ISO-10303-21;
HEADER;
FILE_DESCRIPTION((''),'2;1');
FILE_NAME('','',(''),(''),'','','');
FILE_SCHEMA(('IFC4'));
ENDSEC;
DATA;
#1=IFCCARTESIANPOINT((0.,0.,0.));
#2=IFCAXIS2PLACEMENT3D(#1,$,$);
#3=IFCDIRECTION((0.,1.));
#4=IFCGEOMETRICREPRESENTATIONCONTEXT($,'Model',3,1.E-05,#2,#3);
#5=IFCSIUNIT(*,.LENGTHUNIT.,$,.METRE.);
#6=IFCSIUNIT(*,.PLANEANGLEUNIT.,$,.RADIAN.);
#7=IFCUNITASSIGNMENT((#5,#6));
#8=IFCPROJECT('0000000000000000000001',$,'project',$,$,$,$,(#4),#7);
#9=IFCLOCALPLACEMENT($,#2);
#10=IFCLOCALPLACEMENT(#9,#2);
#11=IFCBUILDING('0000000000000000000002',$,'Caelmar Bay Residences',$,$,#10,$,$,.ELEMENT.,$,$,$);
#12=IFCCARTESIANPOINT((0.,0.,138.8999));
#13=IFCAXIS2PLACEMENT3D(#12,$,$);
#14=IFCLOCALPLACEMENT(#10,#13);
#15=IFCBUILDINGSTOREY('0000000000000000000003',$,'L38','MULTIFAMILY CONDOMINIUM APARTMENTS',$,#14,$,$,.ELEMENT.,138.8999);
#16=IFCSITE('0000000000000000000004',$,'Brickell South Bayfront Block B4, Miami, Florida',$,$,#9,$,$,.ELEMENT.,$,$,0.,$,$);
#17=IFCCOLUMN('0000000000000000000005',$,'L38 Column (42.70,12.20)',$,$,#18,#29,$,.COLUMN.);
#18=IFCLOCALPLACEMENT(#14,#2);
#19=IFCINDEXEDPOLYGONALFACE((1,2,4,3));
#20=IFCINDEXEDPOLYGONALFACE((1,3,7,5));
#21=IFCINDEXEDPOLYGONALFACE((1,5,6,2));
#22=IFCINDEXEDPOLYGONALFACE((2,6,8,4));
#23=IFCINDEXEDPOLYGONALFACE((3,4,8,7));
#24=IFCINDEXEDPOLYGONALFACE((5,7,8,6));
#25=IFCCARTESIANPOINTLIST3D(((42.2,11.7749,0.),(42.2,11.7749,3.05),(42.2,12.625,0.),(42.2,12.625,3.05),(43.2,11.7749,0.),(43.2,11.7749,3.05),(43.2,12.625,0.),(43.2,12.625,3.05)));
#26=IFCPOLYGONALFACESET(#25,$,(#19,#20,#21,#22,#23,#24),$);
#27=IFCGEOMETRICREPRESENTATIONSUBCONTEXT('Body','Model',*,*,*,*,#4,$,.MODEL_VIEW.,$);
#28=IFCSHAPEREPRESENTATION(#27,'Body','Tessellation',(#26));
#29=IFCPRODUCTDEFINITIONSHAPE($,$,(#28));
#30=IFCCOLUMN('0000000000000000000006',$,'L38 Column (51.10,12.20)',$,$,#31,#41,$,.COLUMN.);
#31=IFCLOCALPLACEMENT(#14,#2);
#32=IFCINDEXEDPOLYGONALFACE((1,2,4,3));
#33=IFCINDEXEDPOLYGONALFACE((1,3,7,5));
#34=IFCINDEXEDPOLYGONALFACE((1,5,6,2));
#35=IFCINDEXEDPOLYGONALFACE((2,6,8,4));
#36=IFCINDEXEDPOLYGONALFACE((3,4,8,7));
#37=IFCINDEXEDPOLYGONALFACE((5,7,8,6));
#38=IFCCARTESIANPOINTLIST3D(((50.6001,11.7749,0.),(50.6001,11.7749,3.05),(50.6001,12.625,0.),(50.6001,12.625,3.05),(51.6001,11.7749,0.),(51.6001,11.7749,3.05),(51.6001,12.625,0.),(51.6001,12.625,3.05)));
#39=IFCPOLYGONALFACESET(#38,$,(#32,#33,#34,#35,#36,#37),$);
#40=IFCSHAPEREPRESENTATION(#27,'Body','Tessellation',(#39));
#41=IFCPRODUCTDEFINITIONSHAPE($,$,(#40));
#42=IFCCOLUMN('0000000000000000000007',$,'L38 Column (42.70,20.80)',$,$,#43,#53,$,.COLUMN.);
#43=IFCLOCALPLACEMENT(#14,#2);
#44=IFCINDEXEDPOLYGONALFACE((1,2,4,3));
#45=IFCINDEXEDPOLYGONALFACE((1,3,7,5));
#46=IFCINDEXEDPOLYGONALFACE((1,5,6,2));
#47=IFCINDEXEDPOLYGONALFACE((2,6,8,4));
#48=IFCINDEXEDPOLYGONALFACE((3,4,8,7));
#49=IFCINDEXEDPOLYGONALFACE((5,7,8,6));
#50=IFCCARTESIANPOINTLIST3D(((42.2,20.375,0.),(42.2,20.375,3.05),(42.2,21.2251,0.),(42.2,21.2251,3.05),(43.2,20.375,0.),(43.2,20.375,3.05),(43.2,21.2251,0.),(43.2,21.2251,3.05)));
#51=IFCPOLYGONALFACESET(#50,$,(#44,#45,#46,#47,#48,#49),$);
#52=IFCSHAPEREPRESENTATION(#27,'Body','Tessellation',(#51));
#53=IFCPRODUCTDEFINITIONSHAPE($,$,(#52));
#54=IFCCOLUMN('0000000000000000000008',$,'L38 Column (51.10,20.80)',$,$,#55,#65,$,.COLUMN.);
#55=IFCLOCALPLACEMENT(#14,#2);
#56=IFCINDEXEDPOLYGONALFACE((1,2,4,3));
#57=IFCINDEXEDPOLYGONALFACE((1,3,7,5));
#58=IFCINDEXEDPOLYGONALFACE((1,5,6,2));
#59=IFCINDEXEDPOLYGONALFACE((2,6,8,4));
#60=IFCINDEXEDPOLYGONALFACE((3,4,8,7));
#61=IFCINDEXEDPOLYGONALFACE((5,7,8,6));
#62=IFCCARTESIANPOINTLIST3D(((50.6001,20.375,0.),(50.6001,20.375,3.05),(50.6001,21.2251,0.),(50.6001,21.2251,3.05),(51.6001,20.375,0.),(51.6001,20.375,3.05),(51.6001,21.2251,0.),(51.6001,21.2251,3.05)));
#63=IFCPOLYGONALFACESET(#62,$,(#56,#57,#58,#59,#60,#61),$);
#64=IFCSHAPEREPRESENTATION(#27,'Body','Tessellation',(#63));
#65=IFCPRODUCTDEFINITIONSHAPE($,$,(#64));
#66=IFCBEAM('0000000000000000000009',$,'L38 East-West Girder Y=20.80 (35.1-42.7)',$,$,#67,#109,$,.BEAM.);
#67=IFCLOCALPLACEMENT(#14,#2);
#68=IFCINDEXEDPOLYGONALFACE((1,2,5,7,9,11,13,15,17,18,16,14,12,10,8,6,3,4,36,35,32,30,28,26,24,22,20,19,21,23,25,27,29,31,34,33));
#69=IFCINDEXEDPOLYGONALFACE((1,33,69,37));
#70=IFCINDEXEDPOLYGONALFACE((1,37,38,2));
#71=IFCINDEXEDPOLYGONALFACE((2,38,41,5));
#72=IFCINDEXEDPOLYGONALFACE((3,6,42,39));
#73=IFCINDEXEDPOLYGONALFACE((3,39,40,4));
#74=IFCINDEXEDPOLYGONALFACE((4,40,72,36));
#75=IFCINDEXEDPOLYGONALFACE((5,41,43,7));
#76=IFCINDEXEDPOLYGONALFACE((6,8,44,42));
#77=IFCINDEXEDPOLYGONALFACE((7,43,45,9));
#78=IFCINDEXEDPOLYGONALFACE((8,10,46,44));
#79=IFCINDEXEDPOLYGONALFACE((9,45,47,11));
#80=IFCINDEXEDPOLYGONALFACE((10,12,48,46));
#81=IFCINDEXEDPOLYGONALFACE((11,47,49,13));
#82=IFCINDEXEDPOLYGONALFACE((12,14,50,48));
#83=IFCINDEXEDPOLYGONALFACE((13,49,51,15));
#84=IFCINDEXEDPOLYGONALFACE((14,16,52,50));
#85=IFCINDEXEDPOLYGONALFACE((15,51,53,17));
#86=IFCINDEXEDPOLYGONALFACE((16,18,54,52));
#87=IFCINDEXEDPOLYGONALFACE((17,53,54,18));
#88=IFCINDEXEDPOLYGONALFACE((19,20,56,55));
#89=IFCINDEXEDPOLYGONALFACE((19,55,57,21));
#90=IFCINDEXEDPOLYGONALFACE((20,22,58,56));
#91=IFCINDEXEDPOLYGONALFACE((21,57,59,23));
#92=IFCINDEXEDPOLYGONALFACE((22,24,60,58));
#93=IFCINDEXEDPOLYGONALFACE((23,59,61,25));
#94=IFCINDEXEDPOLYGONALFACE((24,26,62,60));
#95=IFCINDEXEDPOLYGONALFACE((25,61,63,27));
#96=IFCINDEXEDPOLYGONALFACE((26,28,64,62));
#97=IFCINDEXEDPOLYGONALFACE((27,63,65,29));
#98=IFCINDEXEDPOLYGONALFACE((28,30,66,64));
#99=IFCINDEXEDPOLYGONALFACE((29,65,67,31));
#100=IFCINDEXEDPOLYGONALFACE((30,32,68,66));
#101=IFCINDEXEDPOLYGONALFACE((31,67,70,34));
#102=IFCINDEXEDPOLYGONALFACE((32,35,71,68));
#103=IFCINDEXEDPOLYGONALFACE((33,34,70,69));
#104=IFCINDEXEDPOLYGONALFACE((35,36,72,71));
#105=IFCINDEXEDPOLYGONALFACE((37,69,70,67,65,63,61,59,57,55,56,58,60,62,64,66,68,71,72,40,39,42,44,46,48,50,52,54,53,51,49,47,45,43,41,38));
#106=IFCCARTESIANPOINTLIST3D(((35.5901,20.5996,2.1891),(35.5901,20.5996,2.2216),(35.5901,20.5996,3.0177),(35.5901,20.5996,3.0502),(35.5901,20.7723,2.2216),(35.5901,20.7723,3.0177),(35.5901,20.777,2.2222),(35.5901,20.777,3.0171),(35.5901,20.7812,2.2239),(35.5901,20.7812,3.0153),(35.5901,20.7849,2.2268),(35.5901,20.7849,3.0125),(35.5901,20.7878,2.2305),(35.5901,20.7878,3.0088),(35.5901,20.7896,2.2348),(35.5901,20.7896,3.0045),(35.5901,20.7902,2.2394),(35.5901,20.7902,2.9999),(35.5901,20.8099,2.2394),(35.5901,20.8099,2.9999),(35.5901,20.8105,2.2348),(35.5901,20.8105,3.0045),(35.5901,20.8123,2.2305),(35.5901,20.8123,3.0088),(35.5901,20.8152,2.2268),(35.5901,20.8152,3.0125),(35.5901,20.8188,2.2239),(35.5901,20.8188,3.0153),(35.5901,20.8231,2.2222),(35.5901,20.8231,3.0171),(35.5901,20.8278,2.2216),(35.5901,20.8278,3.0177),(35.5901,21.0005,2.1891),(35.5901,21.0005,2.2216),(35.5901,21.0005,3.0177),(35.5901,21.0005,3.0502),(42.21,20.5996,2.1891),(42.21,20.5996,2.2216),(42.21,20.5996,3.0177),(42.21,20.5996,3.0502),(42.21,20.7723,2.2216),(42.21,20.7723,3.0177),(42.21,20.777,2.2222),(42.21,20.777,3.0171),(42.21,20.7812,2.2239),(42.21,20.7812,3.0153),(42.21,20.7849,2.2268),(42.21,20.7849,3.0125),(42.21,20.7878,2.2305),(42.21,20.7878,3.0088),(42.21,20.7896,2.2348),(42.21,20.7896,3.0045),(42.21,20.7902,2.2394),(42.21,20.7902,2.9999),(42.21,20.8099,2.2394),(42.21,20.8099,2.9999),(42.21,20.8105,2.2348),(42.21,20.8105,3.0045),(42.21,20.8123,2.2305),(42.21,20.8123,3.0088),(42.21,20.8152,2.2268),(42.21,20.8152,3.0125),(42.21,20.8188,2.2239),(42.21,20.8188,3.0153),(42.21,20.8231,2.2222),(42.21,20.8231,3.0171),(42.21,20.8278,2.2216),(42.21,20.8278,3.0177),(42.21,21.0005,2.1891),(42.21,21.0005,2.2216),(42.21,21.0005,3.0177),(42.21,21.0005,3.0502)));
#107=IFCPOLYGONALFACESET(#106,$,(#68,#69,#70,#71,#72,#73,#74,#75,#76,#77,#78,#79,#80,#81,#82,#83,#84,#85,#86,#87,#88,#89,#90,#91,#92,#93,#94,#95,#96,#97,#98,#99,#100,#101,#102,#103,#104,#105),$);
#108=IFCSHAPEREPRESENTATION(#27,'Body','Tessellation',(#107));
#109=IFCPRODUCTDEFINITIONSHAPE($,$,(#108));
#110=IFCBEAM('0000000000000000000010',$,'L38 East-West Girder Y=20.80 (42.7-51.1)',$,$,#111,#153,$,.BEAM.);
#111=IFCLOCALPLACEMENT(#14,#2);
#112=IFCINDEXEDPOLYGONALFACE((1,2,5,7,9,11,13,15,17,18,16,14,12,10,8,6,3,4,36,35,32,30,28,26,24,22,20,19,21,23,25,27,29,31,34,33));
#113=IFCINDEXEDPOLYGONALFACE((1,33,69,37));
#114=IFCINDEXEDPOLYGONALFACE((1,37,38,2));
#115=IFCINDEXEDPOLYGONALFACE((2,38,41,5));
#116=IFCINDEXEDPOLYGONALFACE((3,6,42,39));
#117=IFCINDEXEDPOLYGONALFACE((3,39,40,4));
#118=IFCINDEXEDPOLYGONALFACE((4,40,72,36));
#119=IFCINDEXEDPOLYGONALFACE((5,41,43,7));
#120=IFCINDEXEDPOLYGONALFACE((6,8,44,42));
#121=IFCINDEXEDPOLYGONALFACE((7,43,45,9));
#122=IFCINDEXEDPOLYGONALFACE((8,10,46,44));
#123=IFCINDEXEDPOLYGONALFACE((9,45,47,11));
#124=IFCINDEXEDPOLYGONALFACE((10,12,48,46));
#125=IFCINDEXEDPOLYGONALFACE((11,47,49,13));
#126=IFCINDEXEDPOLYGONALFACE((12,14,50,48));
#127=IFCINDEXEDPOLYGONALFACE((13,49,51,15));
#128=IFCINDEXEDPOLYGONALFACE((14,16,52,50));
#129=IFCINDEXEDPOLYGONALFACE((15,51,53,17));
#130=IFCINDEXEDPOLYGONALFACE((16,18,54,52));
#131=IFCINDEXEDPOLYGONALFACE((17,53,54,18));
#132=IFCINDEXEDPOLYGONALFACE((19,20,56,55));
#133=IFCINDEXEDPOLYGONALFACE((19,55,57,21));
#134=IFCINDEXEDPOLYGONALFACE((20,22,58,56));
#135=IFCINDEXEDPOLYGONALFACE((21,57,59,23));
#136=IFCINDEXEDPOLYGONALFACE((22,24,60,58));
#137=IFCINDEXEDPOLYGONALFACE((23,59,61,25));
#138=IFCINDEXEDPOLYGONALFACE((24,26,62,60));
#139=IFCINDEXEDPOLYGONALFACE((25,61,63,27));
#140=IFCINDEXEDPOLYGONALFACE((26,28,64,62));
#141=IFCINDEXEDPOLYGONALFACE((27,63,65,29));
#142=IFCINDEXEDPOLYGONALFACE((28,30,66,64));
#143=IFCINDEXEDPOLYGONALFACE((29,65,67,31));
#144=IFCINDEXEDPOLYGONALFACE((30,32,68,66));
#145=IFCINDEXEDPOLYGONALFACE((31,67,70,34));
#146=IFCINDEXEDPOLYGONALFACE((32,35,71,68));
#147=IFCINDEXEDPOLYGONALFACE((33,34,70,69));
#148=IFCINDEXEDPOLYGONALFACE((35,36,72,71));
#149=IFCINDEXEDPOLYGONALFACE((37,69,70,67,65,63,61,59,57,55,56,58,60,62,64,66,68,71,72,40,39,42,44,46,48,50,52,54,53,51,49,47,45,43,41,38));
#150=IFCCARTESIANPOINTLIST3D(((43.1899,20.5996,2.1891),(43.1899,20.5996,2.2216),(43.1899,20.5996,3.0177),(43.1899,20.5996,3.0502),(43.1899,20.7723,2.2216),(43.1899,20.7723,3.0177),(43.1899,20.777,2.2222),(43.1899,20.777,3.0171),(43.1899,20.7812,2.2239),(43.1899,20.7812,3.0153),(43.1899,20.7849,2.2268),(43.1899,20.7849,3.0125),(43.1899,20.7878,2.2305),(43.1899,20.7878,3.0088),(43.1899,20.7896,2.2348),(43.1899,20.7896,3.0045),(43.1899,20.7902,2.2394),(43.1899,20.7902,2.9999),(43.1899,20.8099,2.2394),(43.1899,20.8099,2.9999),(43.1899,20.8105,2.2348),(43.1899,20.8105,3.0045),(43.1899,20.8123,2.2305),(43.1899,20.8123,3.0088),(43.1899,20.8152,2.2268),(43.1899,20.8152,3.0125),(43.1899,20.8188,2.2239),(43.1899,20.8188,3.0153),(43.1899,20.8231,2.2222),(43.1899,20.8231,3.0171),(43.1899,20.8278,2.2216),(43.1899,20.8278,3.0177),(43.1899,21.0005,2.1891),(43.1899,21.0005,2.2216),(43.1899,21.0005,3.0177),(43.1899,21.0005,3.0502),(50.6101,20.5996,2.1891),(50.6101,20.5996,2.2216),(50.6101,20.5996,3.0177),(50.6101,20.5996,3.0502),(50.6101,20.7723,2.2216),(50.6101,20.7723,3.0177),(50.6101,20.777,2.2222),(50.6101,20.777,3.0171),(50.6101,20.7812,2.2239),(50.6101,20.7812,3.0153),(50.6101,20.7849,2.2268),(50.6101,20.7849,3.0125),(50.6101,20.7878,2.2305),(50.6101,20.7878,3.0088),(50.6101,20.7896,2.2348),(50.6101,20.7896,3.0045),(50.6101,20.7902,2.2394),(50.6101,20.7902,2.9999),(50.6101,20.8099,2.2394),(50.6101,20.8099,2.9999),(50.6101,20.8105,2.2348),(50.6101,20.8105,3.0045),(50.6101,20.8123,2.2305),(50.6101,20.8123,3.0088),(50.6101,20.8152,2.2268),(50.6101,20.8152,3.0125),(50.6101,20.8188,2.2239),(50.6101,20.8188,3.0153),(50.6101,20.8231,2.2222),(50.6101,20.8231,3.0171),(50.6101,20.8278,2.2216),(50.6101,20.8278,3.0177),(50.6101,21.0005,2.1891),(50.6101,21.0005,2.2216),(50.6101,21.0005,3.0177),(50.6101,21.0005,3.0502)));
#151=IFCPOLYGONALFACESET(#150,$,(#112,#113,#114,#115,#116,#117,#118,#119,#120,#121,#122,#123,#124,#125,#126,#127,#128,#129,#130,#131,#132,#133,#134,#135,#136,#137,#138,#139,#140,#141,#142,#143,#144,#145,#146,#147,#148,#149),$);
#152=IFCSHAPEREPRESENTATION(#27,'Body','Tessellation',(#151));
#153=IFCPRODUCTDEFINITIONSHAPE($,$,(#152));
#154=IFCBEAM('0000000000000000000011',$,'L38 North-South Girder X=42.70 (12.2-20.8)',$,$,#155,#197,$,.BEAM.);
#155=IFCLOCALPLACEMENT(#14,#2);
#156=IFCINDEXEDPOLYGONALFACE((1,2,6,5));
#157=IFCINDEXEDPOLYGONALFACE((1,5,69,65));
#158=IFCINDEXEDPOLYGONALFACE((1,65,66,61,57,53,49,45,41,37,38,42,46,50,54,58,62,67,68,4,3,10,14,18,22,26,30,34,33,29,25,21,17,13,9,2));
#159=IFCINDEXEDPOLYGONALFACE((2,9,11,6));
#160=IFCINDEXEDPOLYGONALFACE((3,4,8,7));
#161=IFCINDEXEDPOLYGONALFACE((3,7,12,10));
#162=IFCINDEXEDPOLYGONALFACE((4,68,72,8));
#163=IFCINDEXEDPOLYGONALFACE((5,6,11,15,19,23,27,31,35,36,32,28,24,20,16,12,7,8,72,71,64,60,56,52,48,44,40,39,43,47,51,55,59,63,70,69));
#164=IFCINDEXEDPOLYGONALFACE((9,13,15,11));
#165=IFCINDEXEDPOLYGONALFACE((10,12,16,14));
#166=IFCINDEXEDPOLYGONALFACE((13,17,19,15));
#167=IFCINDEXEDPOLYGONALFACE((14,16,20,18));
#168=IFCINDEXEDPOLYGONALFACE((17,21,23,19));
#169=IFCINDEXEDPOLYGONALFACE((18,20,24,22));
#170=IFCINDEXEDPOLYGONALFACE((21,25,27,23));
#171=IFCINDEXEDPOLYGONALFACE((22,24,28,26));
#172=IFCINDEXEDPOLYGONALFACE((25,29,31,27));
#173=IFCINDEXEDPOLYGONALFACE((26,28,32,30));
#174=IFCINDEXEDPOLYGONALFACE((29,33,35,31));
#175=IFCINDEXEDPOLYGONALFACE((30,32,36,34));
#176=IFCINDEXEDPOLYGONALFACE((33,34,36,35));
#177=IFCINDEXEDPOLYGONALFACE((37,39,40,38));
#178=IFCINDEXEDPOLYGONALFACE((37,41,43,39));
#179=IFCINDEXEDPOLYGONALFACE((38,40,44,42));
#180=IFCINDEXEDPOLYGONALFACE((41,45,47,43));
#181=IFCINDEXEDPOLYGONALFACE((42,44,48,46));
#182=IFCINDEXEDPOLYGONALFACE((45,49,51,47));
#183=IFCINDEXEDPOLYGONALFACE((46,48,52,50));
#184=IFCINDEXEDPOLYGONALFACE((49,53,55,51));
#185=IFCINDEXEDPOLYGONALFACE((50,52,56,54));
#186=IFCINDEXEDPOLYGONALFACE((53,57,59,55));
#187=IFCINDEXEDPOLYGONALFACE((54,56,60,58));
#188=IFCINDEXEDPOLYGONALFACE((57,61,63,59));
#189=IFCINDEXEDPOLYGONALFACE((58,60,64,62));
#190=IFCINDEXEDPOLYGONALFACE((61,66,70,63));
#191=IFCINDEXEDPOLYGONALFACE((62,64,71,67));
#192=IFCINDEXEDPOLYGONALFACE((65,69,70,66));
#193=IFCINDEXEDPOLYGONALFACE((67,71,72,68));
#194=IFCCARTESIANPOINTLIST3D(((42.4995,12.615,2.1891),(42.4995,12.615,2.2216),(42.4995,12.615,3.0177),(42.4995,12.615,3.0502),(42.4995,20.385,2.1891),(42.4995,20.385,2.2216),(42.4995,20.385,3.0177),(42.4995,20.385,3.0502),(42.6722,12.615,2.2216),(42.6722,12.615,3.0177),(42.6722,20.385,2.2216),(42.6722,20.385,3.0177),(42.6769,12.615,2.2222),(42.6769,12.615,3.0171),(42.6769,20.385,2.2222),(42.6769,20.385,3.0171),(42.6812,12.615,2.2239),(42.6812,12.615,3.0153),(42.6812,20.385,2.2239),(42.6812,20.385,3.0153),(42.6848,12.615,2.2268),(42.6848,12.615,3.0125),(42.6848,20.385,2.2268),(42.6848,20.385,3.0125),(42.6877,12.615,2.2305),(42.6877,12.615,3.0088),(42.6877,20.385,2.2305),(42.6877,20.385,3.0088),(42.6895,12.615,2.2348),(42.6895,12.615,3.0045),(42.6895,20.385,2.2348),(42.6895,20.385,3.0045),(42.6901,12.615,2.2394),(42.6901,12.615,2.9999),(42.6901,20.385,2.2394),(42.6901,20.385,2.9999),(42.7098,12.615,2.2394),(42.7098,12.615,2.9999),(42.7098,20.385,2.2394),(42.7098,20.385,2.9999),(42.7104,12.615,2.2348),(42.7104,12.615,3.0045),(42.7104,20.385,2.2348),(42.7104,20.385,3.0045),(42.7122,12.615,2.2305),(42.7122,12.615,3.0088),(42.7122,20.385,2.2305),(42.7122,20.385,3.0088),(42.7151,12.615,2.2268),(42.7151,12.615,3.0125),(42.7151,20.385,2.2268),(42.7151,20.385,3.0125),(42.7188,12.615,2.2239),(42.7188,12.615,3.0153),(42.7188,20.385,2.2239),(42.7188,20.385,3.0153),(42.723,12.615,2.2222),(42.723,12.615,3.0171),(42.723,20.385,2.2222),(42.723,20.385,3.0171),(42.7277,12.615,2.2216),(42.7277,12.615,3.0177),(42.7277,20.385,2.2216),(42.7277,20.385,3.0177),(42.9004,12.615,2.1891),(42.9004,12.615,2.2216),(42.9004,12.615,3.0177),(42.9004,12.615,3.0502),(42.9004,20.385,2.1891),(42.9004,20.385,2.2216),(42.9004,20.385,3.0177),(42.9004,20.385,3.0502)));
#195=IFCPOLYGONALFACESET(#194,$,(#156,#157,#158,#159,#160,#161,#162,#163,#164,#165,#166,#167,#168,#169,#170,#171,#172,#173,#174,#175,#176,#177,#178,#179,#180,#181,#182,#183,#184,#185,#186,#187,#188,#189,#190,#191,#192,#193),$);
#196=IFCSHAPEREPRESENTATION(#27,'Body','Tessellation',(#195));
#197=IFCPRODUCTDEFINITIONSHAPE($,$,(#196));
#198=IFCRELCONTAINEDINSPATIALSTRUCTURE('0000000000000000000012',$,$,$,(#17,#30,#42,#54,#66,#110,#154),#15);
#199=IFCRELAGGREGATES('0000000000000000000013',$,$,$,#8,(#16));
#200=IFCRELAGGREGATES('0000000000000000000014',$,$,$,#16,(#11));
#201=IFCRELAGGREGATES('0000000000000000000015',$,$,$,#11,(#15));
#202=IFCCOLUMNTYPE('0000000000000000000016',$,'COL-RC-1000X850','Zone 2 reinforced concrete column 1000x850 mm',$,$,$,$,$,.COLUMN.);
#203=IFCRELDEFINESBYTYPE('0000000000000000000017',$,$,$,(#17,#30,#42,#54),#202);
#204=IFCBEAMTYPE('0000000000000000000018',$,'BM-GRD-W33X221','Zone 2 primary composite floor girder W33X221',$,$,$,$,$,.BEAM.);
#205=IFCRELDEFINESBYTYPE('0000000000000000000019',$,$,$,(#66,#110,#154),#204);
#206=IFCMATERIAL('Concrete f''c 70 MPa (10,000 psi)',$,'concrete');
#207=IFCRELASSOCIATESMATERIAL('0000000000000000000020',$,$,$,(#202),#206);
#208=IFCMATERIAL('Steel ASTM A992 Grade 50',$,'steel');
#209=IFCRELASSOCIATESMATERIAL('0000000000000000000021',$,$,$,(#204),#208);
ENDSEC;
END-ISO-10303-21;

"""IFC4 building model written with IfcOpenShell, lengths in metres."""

from ifc_helpers import new_model, si_unit, direction, frame, origin, origin_2d, place, context, subcontext, project, spatial, rectangle, i_section, extrude, material, material_profile, profile_set, type_object, element, save


model = new_model("IFC4")

# Units and contexts
model_context = context("Model", 3, precision=1e-05, world=origin(), true_north=direction((0.0, 1.0)))
body_context = subcontext(model_context, "Body", "Model", "MODEL_VIEW")
ifc_project = project(units=[si_unit("LENGTHUNIT", "METRE"), si_unit("PLANEANGLEUNIT", "RADIAN")], contexts=[model_context])

# Site, building, storey
site_placement = place(None, origin())
site = spatial("IfcSite", under=ifc_project, at=site_placement, Name="Brickell South Bayfront Block B4, Miami, Florida", CompositionType="ELEMENT", RefElevation=0.0)
building_placement = place(site_placement, origin())
building = spatial("IfcBuilding", under=site, at=building_placement, Name="Caelmar Bay Residences", CompositionType="ELEMENT")
storey_placement = place(building_placement, frame((0.0, 0.0, 138.8999)))
storey = spatial("IfcBuildingStorey", under=building, at=storey_placement, Name="L38", Description="MULTIFAMILY CONDOMINIUM APARTMENTS", CompositionType="ELEMENT", Elevation=138.8999)

# Columns
ifc_material_1 = material(Name="Concrete f'c 70 MPa (10,000 psi)", Category="concrete")
ifc_material_profile_1 = material_profile(ifc_material_1, rectangle(XDim=1.0, YDim=0.8501, at=origin_2d()), Name="RC-COL-1000X850")
ifc_profile_set_1 = profile_set([ifc_material_profile_1], Name="Concrete f'c 70 MPa (10,000 psi)")
column_type = type_object("IfcColumnType", Name="COL-RC-1000X850", Description="Zone 2 reinforced concrete column 1000x850 mm", PredefinedType="COLUMN", material=ifc_profile_set_1)
for number, where, z_axis, x_axis, name in (
    (1, (42.7, 12.2, 0.0), (0.0, 0.0, 1.0), (1.0, 0.0, 0.0), "L38 Column (42.70,12.20)"),
    (2, (51.1001, 12.2, 0.0), (0.0, 0.0, 1.0), (1.0, 0.0, 0.0), "L38 Column (51.10,12.20)"),
    (3, (42.7, 20.8, 0.0), (0.0, 0.0, 1.0), (1.0, 0.0, 0.0), "L38 Column (42.70,20.80)"),
    (4, (51.1001, 20.8, 0.0), (0.0, 0.0, 1.0), (1.0, 0.0, 0.0), "L38 Column (51.10,20.80)"),
):
    element("IfcColumn", number, at=place(storey_placement, frame(where, z_axis=z_axis, x_axis=x_axis)), inside=storey, type_object=column_type, Name=name, PredefinedType="COLUMN", context=body_context, shape_type="SweptSolid", body=[
        extrude(rectangle(XDim=1.0, YDim=0.8501, at=origin_2d()), origin(), (0.0, 0.0, 1.0), 3.05),
    ])

# Beams
ifc_material_2 = material(Name="Steel ASTM A992 Grade 50", Category="steel")
ifc_material_profile_2 = material_profile(ifc_material_2, i_section(OverallWidth=0.4009, OverallDepth=0.8611, WebThickness=0.0198, FlangeThickness=0.0325, FilletRadius=0.0178, at=origin_2d()), Name="W33X221")
ifc_profile_set_2 = profile_set([ifc_material_profile_2], Name="Steel ASTM A992 Grade 50")
beam_type_1 = type_object("IfcBeamType", Name="BM-GRD-W33X221", Description="Zone 2 primary composite floor girder W33X221", PredefinedType="BEAM", material=ifc_profile_set_2)
beam_1_placement = place(storey_placement, frame((35.5901, 20.8, 2.6196), z_axis=(1.0, 0.0, 0.0), x_axis=(0.0, 1.0, 0.0)))
element("IfcBeam", 5, at=beam_1_placement, inside=storey, type_object=beam_type_1, Name="L38 East-West Girder Y=20.80 (35.1-42.7)", PredefinedType="BEAM", context=body_context, shape_type="SweptSolid", body=[
    extrude(i_section(OverallWidth=0.4009, OverallDepth=0.8611, WebThickness=0.0198, FlangeThickness=0.0325, FilletRadius=0.0178, at=origin_2d()), origin(), (0.0, 0.0, 1.0), 6.6199),
])
beam_2_placement = place(storey_placement, frame((43.1899, 20.8, 2.6196), z_axis=(1.0, 0.0, 0.0), x_axis=(0.0, 1.0, 0.0)))
element("IfcBeam", 6, at=beam_2_placement, inside=storey, type_object=beam_type_1, Name="L38 East-West Girder Y=20.80 (42.7-51.1)", PredefinedType="BEAM", context=body_context, shape_type="SweptSolid", body=[
    extrude(i_section(OverallWidth=0.4009, OverallDepth=0.8611, WebThickness=0.0198, FlangeThickness=0.0325, FilletRadius=0.0178, at=origin_2d()), origin(), (0.0, 0.0, 1.0), 7.4202),
])
for number, where, z_axis, x_axis, name in (
    (7, (42.7, 12.615, 2.6196), (0.0, 1.0, 0.0), (-1.0, 0.0, 0.0), "L38 North-South Girder X=42.70 (12.2-20.8)"),
):
    element("IfcBeam", number, at=place(storey_placement, frame(where, z_axis=z_axis, x_axis=x_axis)), inside=storey, type_object=beam_type_1, Name=name, PredefinedType="BEAM", context=body_context, shape_type="SweptSolid", body=[
        extrude(i_section(OverallWidth=0.4009, OverallDepth=0.8611, WebThickness=0.0198, FlangeThickness=0.0325, FilletRadius=0.0178, at=origin_2d()), origin(), (0.0, 0.0, 1.0), 7.77),
    ])

save(model, "model.ifc")
